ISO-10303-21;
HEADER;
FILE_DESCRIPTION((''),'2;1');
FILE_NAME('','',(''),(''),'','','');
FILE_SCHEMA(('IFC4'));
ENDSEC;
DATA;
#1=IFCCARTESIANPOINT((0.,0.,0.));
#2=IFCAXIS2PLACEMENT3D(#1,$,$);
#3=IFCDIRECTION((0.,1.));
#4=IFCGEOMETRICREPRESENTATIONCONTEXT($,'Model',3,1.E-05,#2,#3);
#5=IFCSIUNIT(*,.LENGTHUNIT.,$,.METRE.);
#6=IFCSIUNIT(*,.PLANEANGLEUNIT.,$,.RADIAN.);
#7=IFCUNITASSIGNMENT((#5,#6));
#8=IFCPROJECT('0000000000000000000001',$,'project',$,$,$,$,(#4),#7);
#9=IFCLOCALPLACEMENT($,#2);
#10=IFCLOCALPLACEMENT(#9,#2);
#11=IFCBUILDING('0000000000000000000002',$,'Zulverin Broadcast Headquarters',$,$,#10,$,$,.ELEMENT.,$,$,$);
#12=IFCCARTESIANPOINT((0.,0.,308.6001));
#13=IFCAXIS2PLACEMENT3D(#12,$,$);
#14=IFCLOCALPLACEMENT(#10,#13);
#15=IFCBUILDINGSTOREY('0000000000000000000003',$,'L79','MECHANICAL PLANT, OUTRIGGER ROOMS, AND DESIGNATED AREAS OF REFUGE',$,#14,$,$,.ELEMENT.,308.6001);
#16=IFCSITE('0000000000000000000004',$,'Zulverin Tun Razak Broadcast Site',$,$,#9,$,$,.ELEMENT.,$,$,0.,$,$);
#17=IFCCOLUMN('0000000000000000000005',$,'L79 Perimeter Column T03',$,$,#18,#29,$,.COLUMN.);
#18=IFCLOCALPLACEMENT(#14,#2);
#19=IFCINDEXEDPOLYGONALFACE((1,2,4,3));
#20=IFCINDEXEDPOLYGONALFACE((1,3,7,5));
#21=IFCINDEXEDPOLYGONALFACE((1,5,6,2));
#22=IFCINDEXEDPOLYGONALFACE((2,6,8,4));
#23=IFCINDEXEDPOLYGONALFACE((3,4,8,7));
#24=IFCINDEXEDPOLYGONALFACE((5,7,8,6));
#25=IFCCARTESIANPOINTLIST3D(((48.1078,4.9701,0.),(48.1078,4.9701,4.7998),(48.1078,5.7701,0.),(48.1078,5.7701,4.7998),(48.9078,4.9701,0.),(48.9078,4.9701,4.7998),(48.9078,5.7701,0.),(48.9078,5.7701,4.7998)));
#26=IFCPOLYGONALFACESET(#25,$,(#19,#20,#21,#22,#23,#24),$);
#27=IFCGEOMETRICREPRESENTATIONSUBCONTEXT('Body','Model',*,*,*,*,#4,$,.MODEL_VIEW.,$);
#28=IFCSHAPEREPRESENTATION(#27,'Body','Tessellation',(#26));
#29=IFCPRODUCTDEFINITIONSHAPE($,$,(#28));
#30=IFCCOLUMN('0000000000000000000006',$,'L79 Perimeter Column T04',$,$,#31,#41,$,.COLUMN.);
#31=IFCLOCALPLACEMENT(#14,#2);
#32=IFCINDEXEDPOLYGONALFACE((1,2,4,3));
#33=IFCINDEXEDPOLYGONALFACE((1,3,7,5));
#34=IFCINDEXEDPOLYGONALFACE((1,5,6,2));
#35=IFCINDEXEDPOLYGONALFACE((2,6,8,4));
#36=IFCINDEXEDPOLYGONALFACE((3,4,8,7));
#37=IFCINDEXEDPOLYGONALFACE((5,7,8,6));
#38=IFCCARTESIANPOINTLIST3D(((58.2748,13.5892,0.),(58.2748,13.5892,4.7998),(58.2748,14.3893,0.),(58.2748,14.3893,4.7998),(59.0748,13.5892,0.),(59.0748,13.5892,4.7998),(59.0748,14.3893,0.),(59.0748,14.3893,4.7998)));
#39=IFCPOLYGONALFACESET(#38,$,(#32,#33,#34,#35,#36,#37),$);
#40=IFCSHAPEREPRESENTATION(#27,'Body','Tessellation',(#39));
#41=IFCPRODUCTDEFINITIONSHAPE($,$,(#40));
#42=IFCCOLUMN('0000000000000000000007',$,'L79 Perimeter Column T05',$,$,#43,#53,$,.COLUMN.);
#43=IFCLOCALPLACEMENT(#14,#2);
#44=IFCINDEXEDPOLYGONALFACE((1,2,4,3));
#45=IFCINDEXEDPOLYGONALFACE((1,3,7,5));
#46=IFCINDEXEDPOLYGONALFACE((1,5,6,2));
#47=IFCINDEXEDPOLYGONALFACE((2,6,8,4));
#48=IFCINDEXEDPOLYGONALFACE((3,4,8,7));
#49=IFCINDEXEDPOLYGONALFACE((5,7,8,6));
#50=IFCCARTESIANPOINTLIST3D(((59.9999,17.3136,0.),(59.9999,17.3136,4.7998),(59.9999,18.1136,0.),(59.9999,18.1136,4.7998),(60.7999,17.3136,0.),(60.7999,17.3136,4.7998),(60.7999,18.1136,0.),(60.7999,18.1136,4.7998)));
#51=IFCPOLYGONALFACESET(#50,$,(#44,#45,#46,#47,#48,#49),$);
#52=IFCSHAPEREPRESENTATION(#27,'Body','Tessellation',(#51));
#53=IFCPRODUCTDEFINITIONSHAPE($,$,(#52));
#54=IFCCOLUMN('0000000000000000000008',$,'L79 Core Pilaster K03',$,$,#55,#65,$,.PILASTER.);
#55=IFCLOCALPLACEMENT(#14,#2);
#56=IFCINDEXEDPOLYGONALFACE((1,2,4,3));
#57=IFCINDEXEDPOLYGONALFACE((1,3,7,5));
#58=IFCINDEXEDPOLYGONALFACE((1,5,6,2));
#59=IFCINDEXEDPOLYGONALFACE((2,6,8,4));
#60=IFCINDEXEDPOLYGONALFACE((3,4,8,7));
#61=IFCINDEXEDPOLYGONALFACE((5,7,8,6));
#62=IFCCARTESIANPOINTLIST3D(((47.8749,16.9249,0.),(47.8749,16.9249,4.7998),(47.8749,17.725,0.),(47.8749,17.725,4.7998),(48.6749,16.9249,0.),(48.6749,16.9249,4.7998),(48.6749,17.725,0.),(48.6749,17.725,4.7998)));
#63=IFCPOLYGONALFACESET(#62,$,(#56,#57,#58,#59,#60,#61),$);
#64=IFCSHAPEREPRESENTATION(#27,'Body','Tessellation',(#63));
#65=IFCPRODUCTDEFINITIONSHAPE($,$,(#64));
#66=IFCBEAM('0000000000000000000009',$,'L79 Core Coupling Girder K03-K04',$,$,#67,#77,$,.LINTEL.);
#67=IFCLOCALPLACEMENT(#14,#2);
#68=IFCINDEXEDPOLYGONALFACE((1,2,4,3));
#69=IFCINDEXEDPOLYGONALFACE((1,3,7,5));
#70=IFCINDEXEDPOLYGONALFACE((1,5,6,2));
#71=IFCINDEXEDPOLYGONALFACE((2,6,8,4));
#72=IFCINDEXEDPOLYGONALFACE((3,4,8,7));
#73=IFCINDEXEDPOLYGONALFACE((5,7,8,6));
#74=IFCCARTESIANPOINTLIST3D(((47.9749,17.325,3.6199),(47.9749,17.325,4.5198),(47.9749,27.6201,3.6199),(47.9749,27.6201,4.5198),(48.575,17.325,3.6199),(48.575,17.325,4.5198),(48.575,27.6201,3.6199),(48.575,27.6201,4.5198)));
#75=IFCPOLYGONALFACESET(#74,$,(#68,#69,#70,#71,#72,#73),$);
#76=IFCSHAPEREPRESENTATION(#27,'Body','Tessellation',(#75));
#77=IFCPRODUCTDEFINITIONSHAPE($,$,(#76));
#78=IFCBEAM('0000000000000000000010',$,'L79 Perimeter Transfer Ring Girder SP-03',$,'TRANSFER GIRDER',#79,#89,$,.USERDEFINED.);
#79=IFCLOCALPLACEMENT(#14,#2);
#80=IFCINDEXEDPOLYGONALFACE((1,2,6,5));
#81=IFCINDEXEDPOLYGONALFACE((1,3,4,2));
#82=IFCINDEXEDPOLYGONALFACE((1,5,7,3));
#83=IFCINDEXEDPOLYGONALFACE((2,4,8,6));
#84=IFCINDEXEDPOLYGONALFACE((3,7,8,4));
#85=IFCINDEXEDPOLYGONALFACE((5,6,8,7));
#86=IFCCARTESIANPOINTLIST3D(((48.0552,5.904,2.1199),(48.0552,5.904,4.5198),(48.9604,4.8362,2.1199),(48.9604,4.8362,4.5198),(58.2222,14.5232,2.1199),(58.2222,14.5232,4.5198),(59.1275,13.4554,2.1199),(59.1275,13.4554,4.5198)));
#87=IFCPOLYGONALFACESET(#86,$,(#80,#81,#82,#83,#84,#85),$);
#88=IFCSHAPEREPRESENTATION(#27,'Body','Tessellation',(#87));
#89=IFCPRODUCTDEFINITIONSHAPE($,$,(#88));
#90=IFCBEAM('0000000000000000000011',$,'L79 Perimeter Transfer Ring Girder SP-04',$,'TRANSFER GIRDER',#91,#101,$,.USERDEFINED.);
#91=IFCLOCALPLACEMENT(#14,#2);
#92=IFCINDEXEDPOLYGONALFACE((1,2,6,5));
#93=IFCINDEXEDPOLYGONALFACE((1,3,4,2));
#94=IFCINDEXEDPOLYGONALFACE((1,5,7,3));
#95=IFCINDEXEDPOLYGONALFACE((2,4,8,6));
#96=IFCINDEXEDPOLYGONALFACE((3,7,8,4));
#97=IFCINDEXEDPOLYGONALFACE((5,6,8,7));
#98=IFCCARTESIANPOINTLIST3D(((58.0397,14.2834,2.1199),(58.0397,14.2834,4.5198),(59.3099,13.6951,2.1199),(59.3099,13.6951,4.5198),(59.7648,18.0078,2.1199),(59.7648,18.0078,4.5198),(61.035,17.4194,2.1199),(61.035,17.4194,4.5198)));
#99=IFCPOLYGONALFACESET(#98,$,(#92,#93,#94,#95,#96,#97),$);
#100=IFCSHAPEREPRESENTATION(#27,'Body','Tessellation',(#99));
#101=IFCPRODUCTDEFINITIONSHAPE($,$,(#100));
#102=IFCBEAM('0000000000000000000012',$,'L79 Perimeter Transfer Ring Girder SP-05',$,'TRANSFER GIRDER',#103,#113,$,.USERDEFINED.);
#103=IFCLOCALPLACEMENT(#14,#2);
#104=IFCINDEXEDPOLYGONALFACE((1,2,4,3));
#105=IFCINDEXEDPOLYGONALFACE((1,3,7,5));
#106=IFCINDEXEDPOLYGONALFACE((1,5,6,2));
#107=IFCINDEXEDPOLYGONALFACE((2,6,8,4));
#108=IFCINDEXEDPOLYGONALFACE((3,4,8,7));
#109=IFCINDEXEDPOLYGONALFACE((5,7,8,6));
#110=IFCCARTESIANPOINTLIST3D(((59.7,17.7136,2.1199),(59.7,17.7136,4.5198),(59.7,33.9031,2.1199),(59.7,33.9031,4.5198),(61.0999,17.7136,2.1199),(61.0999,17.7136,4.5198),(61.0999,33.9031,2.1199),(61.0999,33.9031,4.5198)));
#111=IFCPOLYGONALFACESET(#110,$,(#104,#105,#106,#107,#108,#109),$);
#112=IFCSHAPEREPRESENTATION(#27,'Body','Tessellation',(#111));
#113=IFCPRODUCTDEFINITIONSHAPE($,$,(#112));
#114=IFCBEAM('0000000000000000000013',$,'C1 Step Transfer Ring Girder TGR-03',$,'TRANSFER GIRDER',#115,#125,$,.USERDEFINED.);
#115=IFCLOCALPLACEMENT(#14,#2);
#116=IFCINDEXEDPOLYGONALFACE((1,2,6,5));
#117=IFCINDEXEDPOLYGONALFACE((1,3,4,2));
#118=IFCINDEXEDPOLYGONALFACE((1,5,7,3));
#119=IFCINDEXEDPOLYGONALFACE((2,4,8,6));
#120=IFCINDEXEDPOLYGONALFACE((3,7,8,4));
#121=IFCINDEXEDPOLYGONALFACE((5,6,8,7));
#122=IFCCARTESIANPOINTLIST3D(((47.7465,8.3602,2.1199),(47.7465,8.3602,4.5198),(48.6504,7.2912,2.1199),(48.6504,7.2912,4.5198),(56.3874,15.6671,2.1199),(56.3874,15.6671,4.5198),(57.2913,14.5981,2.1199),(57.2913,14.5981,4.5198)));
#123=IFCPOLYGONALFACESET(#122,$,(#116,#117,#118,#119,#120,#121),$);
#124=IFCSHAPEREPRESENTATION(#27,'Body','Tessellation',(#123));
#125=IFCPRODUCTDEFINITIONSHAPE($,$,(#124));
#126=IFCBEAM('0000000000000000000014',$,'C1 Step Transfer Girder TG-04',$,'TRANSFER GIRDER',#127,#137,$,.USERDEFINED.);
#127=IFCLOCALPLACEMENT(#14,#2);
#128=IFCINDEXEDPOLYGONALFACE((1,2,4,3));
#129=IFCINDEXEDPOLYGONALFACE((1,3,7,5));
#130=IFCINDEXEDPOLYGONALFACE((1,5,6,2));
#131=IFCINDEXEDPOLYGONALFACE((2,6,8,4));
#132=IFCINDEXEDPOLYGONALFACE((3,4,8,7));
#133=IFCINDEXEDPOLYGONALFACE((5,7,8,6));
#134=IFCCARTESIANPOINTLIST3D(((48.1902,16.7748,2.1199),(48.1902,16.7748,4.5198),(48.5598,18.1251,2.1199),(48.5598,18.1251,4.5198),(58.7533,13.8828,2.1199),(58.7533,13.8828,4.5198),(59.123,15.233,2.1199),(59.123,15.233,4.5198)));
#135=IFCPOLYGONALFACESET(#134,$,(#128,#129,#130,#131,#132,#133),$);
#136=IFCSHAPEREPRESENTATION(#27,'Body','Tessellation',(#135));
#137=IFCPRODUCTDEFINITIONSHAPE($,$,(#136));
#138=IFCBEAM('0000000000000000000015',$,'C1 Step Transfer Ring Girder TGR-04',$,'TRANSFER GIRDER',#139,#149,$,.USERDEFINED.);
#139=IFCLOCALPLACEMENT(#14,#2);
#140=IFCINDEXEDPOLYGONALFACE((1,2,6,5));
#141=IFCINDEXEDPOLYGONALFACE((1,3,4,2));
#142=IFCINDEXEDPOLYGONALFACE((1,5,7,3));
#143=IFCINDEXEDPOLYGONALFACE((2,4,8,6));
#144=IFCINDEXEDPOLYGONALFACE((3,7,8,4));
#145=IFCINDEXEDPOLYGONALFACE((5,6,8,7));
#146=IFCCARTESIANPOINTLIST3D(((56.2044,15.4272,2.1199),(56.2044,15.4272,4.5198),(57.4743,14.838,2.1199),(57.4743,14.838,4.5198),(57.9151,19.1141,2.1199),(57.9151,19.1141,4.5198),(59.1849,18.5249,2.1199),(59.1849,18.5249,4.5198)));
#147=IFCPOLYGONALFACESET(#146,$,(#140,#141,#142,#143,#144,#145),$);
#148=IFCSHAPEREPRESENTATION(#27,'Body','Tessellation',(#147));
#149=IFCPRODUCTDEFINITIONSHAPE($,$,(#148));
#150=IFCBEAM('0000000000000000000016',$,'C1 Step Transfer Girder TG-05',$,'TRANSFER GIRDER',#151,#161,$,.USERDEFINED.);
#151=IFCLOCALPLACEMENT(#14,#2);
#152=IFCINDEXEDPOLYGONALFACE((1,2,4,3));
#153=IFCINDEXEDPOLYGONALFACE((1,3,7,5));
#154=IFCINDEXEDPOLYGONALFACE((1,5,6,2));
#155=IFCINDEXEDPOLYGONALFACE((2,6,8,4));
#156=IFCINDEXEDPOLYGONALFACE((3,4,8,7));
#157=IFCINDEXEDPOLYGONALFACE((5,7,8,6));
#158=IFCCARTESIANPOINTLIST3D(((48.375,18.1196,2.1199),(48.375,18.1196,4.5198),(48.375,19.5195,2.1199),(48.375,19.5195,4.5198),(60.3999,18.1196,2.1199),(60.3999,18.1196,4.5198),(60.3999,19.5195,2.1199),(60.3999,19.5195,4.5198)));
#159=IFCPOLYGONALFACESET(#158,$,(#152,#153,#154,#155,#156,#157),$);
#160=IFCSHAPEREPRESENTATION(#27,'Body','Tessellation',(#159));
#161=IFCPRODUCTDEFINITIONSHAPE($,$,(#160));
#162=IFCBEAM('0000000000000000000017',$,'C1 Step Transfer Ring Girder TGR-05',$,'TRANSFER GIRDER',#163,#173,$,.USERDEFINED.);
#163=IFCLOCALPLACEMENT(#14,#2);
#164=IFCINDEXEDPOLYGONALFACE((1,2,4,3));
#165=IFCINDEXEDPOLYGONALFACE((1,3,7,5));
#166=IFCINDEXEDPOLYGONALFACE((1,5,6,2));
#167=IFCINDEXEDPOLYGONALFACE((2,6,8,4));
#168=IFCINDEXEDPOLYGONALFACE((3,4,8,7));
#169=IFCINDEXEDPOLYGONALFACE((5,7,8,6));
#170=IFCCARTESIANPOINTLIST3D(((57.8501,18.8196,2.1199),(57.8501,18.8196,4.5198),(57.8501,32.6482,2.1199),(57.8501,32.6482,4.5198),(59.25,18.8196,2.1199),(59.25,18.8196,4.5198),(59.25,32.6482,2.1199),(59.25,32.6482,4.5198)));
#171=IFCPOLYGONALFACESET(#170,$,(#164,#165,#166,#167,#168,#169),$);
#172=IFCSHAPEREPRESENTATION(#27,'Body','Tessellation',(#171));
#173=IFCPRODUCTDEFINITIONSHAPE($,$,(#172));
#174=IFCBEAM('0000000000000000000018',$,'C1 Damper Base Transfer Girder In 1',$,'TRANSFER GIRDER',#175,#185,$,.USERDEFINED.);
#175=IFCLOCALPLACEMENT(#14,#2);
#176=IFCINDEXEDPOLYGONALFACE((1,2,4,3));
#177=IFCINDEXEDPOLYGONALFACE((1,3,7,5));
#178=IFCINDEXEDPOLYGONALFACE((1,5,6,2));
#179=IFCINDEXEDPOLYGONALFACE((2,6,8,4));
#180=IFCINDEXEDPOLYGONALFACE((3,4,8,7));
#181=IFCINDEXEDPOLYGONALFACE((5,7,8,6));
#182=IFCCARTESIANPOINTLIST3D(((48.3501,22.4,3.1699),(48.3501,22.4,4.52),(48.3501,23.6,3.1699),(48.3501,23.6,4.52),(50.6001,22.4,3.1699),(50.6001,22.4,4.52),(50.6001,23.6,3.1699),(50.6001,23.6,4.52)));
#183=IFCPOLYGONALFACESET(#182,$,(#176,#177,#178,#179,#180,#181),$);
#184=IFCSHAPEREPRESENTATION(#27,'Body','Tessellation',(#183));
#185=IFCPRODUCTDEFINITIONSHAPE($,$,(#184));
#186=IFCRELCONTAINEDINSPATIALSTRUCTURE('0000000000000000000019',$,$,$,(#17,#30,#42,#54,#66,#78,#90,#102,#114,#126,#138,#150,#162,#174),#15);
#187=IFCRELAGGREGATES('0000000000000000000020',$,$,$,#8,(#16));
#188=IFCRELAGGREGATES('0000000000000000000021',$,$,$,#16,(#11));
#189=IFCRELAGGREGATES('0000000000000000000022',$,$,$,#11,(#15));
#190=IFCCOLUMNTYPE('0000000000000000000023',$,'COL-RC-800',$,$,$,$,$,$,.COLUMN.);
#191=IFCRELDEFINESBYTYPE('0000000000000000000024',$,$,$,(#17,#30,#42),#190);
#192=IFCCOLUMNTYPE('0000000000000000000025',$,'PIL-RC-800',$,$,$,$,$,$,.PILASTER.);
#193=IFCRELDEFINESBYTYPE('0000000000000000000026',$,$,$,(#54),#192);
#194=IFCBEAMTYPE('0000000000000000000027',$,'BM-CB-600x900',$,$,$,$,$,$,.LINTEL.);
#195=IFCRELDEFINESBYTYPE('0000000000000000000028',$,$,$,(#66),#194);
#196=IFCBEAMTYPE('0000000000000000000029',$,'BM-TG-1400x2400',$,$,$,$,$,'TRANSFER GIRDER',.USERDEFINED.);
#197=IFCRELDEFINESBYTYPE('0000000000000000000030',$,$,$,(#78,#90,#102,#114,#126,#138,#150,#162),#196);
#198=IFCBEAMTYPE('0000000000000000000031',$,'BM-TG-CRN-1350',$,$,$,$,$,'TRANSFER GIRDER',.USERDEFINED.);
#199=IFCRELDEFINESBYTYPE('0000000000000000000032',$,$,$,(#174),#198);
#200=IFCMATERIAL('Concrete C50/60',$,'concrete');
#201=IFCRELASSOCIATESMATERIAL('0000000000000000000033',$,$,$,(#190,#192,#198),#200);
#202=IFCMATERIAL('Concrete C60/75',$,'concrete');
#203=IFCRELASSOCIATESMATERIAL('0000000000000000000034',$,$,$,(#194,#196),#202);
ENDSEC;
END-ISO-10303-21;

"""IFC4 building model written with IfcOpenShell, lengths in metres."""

from ifc_helpers import new_model, si_unit, direction, frame, origin, origin_2d, place, context, subcontext, project, spatial, rectangle, extrude, material, material_profile, profile_set, type_object, element, save


model = new_model("IFC4")

# Units and contexts
model_context = context("Model", 3, precision=1e-05, world=origin(), true_north=direction((0.0, 1.0)))
body_context = subcontext(model_context, "Body", "Model", "MODEL_VIEW")
ifc_project = project(units=[si_unit("LENGTHUNIT", "METRE"), si_unit("PLANEANGLEUNIT", "RADIAN")], contexts=[model_context])

# Site, building, storey
site_placement = place(None, origin())
site = spatial("IfcSite", under=ifc_project, at=site_placement, Name="Zulverin Tun Razak Broadcast Site", CompositionType="ELEMENT", RefElevation=0.0)
building_placement = place(site_placement, origin())
building = spatial("IfcBuilding", under=site, at=building_placement, Name="Zulverin Broadcast Headquarters", CompositionType="ELEMENT")
storey_placement = place(building_placement, frame((0.0, 0.0, 308.6001)))
storey = spatial("IfcBuildingStorey", under=building, at=storey_placement, Name="L79", Description="MECHANICAL PLANT, OUTRIGGER ROOMS, AND DESIGNATED AREAS OF REFUGE", CompositionType="ELEMENT", Elevation=308.6001)

# Columns
ifc_material_1 = material(Name="Concrete C50/60", Category="concrete")
ifc_material_profile_1 = material_profile(ifc_material_1, rectangle(XDim=0.8, YDim=0.8, at=origin_2d()), Name="Concrete C50/60", Category="concrete")
ifc_profile_set_1 = profile_set([ifc_material_profile_1], Name="Concrete C50/60")
column_type_1 = type_object("IfcColumnType", Name="COL-RC-800", PredefinedType="COLUMN", material=ifc_profile_set_1)
for number, where, z_axis, x_axis, name in (
    (1, (48.5078, 5.3701, 0.0), (0.0, 0.0, 1.0), (1.0, 0.0, 0.0), "L79 Perimeter Column T03"),
    (2, (58.6748, 13.9893, 0.0), (0.0, 0.0, 1.0), (1.0, 0.0, 0.0), "L79 Perimeter Column T04"),
    (3, (60.3999, 17.7136, 0.0), (0.0, 0.0, 1.0), (1.0, 0.0, 0.0), "L79 Perimeter Column T05"),
):
    element("IfcColumn", number, at=place(storey_placement, frame(where, z_axis=z_axis, x_axis=x_axis)), inside=storey, type_object=column_type_1, Name=name, PredefinedType="COLUMN", context=body_context, shape_type="SweptSolid", body=[
        extrude(rectangle(XDim=0.8, YDim=0.8, at=origin_2d()), origin(), (0.0, 0.0, 1.0), 4.7998),
    ])
ifc_material_profile_2 = material_profile(ifc_material_1, rectangle(XDim=0.8, YDim=0.8, at=origin_2d()), Name="Concrete C50/60", Category="concrete")
ifc_profile_set_2 = profile_set([ifc_material_profile_2], Name="Concrete C50/60")
column_type_2 = type_object("IfcColumnType", Name="PIL-RC-800", PredefinedType="PILASTER", material=ifc_profile_set_2)
column_placement = place(storey_placement, frame((48.2749, 17.325, 0.0), z_axis=(0.0, 0.0, 1.0), x_axis=(1.0, 0.0, 0.0)))
element("IfcColumn", 4, at=column_placement, inside=storey, type_object=column_type_2, Name="L79 Core Pilaster K03", PredefinedType="PILASTER", context=body_context, shape_type="SweptSolid", body=[
    extrude(rectangle(XDim=0.8, YDim=0.8, at=origin_2d()), origin(), (0.0, 0.0, 1.0), 4.7998),
])

# Beams
ifc_material_2 = material(Name="Concrete C60/75", Category="concrete")
ifc_material_profile_3 = material_profile(ifc_material_2, rectangle(XDim=0.6001, YDim=0.8999, at=origin_2d()), Name="Concrete C60/75", Category="concrete")
ifc_profile_set_3 = profile_set([ifc_material_profile_3], Name="Concrete C60/75")
beam_type_1 = type_object("IfcBeamType", Name="BM-CB-600x900", PredefinedType="LINTEL", material=ifc_profile_set_3)
beam_1_placement = place(storey_placement, frame((48.2749, 17.325, 4.0698), z_axis=(0.0, 1.0, 0.0), x_axis=(-1.0, 0.0, 0.0)))
element("IfcBeam", 5, at=beam_1_placement, inside=storey, type_object=beam_type_1, Name="L79 Core Coupling Girder K03-K04", PredefinedType="LINTEL", context=body_context, shape_type="SweptSolid", body=[
    extrude(rectangle(XDim=0.6001, YDim=0.8999, at=origin_2d()), origin(), (0.0, 0.0, 1.0), 10.2952),
])
ifc_material_profile_4 = material_profile(ifc_material_2, rectangle(XDim=1.3999, YDim=2.3999, at=origin_2d()), Name="Concrete C60/75", Category="concrete")
ifc_profile_set_4 = profile_set([ifc_material_profile_4], Name="Concrete C60/75")
beam_type_2 = type_object("IfcBeamType", Name="BM-TG-1400x2400", ElementType="TRANSFER GIRDER", PredefinedType="USERDEFINED", material=ifc_profile_set_4)
beam_2_placement = place(storey_placement, frame((48.5078, 5.3701, 3.3198), z_axis=(0.762783, 0.646655, 0.0), x_axis=(-0.646655, 0.762783, 0.0)))
element("IfcBeam", 6, at=beam_2_placement, inside=storey, type_object=beam_type_2, Name="L79 Perimeter Transfer Ring Girder SP-03", ObjectType="TRANSFER GIRDER", PredefinedType="USERDEFINED", context=body_context, shape_type="SweptSolid", body=[
    extrude(rectangle(XDim=1.3999, YDim=2.3999, at=origin_2d()), origin(), (0.0, 0.0, 1.0), 13.3289),
])
beam_3_placement = place(storey_placement, frame((58.6748, 13.9893, 3.3198), z_axis=(0.420295, 0.907388, 0.0), x_axis=(-0.907388, 0.420295, 0.0)))
element("IfcBeam", 7, at=beam_3_placement, inside=storey, type_object=beam_type_2, Name="L79 Perimeter Transfer Ring Girder SP-04", ObjectType="TRANSFER GIRDER", PredefinedType="USERDEFINED", context=body_context, shape_type="SweptSolid", body=[
    extrude(rectangle(XDim=1.3999, YDim=2.3999, at=origin_2d()), origin(), (0.0, 0.0, 1.0), 4.1045),
])
beam_4_placement = place(storey_placement, frame((60.3999, 17.7136, 3.3198), z_axis=(0.0, 1.0, 0.0), x_axis=(-1.0, 0.0, 0.0)))
element("IfcBeam", 8, at=beam_4_placement, inside=storey, type_object=beam_type_2, Name="L79 Perimeter Transfer Ring Girder SP-05", ObjectType="TRANSFER GIRDER", PredefinedType="USERDEFINED", context=body_context, shape_type="SweptSolid", body=[
    extrude(rectangle(XDim=1.3999, YDim=2.3999, at=origin_2d()), origin(), (0.0, 0.0, 1.0), 16.1895),
])
beam_5_placement = place(storey_placement, frame((48.1985, 7.8257, 3.3198), z_axis=(0.763588, 0.645704, 0.0), x_axis=(-0.645704, 0.763588, 0.0)))
element("IfcBeam", 9, at=beam_5_placement, inside=storey, type_object=beam_type_2, Name="C1 Step Transfer Ring Girder TGR-03", ObjectType="TRANSFER GIRDER", PredefinedType="USERDEFINED", context=body_context, shape_type="SweptSolid", body=[
    extrude(rectangle(XDim=1.3999, YDim=2.3999, at=origin_2d()), origin(), (0.0, 0.0, 1.0), 11.3162),
])
beam_6_placement = place(storey_placement, frame((48.375, 17.45, 3.3198), z_axis=(0.964504, -0.26407, 0.0), x_axis=(0.26407, 0.964504, 0.0)))
element("IfcBeam", 10, at=beam_6_placement, inside=storey, type_object=beam_type_2, Name="C1 Step Transfer Girder TG-04", ObjectType="TRANSFER GIRDER", PredefinedType="USERDEFINED", context=body_context, shape_type="SweptSolid", body=[
    extrude(rectangle(XDim=1.3999, YDim=2.3999, at=origin_2d()), origin(), (0.0, 0.0, 1.0), 10.9519),
])
beam_7_placement = place(storey_placement, frame((56.8394, 15.1326, 3.3198), z_axis=(0.420882, 0.907115, 0.0), x_axis=(-0.907115, 0.420882, 0.0)))
element("IfcBeam", 11, at=beam_7_placement, inside=storey, type_object=beam_type_2, Name="C1 Step Transfer Ring Girder TGR-04", ObjectType="TRANSFER GIRDER", PredefinedType="USERDEFINED", context=body_context, shape_type="SweptSolid", body=[
    extrude(rectangle(XDim=1.3999, YDim=2.3999, at=origin_2d()), origin(), (0.0, 0.0, 1.0), 4.0645),
])
beam_8_placement = place(storey_placement, frame((48.375, 18.8196, 3.3198), z_axis=(1.0, 0.0, 0.0), x_axis=(0.0, 1.0, 0.0)))
element("IfcBeam", 12, at=beam_8_placement, inside=storey, type_object=beam_type_2, Name="C1 Step Transfer Girder TG-05", ObjectType="TRANSFER GIRDER", PredefinedType="USERDEFINED", context=body_context, shape_type="SweptSolid", body=[
    extrude(rectangle(XDim=1.3999, YDim=2.3999, at=origin_2d()), origin(), (0.0, 0.0, 1.0), 12.0249),
])
beam_9_placement = place(storey_placement, frame((58.55, 18.8196, 3.3198), z_axis=(0.0, 1.0, 0.0), x_axis=(-1.0, 0.0, 0.0)))
element("IfcBeam", 13, at=beam_9_placement, inside=storey, type_object=beam_type_2, Name="C1 Step Transfer Ring Girder TGR-05", ObjectType="TRANSFER GIRDER", PredefinedType="USERDEFINED", context=body_context, shape_type="SweptSolid", body=[
    extrude(rectangle(XDim=1.3999, YDim=2.3999, at=origin_2d()), origin(), (0.0, 0.0, 1.0), 13.8286),
])
ifc_material_profile_5 = material_profile(ifc_material_1, rectangle(XDim=1.2, YDim=1.3501, at=origin_2d()), Name="Concrete C50/60", Category="concrete")
ifc_profile_set_5 = profile_set([ifc_material_profile_5], Name="Concrete C50/60")
beam_type_3 = type_object("IfcBeamType", Name="BM-TG-CRN-1350", ElementType="TRANSFER GIRDER", PredefinedType="USERDEFINED", material=ifc_profile_set_5)
beam_10_placement = place(storey_placement, frame((48.3501, 23.0, 3.845), z_axis=(1.0, 0.0, 0.0), x_axis=(0.0, 1.0, 0.0)))
element("IfcBeam", 14, at=beam_10_placement, inside=storey, type_object=beam_type_3, Name="C1 Damper Base Transfer Girder In 1", ObjectType="TRANSFER GIRDER", PredefinedType="USERDEFINED", context=body_context, shape_type="SweptSolid", body=[
    extrude(rectangle(XDim=1.2, YDim=1.3501, at=origin_2d()), origin(), (0.0, 0.0, 1.0), 2.25),
])

save(model, "model.ifc")
